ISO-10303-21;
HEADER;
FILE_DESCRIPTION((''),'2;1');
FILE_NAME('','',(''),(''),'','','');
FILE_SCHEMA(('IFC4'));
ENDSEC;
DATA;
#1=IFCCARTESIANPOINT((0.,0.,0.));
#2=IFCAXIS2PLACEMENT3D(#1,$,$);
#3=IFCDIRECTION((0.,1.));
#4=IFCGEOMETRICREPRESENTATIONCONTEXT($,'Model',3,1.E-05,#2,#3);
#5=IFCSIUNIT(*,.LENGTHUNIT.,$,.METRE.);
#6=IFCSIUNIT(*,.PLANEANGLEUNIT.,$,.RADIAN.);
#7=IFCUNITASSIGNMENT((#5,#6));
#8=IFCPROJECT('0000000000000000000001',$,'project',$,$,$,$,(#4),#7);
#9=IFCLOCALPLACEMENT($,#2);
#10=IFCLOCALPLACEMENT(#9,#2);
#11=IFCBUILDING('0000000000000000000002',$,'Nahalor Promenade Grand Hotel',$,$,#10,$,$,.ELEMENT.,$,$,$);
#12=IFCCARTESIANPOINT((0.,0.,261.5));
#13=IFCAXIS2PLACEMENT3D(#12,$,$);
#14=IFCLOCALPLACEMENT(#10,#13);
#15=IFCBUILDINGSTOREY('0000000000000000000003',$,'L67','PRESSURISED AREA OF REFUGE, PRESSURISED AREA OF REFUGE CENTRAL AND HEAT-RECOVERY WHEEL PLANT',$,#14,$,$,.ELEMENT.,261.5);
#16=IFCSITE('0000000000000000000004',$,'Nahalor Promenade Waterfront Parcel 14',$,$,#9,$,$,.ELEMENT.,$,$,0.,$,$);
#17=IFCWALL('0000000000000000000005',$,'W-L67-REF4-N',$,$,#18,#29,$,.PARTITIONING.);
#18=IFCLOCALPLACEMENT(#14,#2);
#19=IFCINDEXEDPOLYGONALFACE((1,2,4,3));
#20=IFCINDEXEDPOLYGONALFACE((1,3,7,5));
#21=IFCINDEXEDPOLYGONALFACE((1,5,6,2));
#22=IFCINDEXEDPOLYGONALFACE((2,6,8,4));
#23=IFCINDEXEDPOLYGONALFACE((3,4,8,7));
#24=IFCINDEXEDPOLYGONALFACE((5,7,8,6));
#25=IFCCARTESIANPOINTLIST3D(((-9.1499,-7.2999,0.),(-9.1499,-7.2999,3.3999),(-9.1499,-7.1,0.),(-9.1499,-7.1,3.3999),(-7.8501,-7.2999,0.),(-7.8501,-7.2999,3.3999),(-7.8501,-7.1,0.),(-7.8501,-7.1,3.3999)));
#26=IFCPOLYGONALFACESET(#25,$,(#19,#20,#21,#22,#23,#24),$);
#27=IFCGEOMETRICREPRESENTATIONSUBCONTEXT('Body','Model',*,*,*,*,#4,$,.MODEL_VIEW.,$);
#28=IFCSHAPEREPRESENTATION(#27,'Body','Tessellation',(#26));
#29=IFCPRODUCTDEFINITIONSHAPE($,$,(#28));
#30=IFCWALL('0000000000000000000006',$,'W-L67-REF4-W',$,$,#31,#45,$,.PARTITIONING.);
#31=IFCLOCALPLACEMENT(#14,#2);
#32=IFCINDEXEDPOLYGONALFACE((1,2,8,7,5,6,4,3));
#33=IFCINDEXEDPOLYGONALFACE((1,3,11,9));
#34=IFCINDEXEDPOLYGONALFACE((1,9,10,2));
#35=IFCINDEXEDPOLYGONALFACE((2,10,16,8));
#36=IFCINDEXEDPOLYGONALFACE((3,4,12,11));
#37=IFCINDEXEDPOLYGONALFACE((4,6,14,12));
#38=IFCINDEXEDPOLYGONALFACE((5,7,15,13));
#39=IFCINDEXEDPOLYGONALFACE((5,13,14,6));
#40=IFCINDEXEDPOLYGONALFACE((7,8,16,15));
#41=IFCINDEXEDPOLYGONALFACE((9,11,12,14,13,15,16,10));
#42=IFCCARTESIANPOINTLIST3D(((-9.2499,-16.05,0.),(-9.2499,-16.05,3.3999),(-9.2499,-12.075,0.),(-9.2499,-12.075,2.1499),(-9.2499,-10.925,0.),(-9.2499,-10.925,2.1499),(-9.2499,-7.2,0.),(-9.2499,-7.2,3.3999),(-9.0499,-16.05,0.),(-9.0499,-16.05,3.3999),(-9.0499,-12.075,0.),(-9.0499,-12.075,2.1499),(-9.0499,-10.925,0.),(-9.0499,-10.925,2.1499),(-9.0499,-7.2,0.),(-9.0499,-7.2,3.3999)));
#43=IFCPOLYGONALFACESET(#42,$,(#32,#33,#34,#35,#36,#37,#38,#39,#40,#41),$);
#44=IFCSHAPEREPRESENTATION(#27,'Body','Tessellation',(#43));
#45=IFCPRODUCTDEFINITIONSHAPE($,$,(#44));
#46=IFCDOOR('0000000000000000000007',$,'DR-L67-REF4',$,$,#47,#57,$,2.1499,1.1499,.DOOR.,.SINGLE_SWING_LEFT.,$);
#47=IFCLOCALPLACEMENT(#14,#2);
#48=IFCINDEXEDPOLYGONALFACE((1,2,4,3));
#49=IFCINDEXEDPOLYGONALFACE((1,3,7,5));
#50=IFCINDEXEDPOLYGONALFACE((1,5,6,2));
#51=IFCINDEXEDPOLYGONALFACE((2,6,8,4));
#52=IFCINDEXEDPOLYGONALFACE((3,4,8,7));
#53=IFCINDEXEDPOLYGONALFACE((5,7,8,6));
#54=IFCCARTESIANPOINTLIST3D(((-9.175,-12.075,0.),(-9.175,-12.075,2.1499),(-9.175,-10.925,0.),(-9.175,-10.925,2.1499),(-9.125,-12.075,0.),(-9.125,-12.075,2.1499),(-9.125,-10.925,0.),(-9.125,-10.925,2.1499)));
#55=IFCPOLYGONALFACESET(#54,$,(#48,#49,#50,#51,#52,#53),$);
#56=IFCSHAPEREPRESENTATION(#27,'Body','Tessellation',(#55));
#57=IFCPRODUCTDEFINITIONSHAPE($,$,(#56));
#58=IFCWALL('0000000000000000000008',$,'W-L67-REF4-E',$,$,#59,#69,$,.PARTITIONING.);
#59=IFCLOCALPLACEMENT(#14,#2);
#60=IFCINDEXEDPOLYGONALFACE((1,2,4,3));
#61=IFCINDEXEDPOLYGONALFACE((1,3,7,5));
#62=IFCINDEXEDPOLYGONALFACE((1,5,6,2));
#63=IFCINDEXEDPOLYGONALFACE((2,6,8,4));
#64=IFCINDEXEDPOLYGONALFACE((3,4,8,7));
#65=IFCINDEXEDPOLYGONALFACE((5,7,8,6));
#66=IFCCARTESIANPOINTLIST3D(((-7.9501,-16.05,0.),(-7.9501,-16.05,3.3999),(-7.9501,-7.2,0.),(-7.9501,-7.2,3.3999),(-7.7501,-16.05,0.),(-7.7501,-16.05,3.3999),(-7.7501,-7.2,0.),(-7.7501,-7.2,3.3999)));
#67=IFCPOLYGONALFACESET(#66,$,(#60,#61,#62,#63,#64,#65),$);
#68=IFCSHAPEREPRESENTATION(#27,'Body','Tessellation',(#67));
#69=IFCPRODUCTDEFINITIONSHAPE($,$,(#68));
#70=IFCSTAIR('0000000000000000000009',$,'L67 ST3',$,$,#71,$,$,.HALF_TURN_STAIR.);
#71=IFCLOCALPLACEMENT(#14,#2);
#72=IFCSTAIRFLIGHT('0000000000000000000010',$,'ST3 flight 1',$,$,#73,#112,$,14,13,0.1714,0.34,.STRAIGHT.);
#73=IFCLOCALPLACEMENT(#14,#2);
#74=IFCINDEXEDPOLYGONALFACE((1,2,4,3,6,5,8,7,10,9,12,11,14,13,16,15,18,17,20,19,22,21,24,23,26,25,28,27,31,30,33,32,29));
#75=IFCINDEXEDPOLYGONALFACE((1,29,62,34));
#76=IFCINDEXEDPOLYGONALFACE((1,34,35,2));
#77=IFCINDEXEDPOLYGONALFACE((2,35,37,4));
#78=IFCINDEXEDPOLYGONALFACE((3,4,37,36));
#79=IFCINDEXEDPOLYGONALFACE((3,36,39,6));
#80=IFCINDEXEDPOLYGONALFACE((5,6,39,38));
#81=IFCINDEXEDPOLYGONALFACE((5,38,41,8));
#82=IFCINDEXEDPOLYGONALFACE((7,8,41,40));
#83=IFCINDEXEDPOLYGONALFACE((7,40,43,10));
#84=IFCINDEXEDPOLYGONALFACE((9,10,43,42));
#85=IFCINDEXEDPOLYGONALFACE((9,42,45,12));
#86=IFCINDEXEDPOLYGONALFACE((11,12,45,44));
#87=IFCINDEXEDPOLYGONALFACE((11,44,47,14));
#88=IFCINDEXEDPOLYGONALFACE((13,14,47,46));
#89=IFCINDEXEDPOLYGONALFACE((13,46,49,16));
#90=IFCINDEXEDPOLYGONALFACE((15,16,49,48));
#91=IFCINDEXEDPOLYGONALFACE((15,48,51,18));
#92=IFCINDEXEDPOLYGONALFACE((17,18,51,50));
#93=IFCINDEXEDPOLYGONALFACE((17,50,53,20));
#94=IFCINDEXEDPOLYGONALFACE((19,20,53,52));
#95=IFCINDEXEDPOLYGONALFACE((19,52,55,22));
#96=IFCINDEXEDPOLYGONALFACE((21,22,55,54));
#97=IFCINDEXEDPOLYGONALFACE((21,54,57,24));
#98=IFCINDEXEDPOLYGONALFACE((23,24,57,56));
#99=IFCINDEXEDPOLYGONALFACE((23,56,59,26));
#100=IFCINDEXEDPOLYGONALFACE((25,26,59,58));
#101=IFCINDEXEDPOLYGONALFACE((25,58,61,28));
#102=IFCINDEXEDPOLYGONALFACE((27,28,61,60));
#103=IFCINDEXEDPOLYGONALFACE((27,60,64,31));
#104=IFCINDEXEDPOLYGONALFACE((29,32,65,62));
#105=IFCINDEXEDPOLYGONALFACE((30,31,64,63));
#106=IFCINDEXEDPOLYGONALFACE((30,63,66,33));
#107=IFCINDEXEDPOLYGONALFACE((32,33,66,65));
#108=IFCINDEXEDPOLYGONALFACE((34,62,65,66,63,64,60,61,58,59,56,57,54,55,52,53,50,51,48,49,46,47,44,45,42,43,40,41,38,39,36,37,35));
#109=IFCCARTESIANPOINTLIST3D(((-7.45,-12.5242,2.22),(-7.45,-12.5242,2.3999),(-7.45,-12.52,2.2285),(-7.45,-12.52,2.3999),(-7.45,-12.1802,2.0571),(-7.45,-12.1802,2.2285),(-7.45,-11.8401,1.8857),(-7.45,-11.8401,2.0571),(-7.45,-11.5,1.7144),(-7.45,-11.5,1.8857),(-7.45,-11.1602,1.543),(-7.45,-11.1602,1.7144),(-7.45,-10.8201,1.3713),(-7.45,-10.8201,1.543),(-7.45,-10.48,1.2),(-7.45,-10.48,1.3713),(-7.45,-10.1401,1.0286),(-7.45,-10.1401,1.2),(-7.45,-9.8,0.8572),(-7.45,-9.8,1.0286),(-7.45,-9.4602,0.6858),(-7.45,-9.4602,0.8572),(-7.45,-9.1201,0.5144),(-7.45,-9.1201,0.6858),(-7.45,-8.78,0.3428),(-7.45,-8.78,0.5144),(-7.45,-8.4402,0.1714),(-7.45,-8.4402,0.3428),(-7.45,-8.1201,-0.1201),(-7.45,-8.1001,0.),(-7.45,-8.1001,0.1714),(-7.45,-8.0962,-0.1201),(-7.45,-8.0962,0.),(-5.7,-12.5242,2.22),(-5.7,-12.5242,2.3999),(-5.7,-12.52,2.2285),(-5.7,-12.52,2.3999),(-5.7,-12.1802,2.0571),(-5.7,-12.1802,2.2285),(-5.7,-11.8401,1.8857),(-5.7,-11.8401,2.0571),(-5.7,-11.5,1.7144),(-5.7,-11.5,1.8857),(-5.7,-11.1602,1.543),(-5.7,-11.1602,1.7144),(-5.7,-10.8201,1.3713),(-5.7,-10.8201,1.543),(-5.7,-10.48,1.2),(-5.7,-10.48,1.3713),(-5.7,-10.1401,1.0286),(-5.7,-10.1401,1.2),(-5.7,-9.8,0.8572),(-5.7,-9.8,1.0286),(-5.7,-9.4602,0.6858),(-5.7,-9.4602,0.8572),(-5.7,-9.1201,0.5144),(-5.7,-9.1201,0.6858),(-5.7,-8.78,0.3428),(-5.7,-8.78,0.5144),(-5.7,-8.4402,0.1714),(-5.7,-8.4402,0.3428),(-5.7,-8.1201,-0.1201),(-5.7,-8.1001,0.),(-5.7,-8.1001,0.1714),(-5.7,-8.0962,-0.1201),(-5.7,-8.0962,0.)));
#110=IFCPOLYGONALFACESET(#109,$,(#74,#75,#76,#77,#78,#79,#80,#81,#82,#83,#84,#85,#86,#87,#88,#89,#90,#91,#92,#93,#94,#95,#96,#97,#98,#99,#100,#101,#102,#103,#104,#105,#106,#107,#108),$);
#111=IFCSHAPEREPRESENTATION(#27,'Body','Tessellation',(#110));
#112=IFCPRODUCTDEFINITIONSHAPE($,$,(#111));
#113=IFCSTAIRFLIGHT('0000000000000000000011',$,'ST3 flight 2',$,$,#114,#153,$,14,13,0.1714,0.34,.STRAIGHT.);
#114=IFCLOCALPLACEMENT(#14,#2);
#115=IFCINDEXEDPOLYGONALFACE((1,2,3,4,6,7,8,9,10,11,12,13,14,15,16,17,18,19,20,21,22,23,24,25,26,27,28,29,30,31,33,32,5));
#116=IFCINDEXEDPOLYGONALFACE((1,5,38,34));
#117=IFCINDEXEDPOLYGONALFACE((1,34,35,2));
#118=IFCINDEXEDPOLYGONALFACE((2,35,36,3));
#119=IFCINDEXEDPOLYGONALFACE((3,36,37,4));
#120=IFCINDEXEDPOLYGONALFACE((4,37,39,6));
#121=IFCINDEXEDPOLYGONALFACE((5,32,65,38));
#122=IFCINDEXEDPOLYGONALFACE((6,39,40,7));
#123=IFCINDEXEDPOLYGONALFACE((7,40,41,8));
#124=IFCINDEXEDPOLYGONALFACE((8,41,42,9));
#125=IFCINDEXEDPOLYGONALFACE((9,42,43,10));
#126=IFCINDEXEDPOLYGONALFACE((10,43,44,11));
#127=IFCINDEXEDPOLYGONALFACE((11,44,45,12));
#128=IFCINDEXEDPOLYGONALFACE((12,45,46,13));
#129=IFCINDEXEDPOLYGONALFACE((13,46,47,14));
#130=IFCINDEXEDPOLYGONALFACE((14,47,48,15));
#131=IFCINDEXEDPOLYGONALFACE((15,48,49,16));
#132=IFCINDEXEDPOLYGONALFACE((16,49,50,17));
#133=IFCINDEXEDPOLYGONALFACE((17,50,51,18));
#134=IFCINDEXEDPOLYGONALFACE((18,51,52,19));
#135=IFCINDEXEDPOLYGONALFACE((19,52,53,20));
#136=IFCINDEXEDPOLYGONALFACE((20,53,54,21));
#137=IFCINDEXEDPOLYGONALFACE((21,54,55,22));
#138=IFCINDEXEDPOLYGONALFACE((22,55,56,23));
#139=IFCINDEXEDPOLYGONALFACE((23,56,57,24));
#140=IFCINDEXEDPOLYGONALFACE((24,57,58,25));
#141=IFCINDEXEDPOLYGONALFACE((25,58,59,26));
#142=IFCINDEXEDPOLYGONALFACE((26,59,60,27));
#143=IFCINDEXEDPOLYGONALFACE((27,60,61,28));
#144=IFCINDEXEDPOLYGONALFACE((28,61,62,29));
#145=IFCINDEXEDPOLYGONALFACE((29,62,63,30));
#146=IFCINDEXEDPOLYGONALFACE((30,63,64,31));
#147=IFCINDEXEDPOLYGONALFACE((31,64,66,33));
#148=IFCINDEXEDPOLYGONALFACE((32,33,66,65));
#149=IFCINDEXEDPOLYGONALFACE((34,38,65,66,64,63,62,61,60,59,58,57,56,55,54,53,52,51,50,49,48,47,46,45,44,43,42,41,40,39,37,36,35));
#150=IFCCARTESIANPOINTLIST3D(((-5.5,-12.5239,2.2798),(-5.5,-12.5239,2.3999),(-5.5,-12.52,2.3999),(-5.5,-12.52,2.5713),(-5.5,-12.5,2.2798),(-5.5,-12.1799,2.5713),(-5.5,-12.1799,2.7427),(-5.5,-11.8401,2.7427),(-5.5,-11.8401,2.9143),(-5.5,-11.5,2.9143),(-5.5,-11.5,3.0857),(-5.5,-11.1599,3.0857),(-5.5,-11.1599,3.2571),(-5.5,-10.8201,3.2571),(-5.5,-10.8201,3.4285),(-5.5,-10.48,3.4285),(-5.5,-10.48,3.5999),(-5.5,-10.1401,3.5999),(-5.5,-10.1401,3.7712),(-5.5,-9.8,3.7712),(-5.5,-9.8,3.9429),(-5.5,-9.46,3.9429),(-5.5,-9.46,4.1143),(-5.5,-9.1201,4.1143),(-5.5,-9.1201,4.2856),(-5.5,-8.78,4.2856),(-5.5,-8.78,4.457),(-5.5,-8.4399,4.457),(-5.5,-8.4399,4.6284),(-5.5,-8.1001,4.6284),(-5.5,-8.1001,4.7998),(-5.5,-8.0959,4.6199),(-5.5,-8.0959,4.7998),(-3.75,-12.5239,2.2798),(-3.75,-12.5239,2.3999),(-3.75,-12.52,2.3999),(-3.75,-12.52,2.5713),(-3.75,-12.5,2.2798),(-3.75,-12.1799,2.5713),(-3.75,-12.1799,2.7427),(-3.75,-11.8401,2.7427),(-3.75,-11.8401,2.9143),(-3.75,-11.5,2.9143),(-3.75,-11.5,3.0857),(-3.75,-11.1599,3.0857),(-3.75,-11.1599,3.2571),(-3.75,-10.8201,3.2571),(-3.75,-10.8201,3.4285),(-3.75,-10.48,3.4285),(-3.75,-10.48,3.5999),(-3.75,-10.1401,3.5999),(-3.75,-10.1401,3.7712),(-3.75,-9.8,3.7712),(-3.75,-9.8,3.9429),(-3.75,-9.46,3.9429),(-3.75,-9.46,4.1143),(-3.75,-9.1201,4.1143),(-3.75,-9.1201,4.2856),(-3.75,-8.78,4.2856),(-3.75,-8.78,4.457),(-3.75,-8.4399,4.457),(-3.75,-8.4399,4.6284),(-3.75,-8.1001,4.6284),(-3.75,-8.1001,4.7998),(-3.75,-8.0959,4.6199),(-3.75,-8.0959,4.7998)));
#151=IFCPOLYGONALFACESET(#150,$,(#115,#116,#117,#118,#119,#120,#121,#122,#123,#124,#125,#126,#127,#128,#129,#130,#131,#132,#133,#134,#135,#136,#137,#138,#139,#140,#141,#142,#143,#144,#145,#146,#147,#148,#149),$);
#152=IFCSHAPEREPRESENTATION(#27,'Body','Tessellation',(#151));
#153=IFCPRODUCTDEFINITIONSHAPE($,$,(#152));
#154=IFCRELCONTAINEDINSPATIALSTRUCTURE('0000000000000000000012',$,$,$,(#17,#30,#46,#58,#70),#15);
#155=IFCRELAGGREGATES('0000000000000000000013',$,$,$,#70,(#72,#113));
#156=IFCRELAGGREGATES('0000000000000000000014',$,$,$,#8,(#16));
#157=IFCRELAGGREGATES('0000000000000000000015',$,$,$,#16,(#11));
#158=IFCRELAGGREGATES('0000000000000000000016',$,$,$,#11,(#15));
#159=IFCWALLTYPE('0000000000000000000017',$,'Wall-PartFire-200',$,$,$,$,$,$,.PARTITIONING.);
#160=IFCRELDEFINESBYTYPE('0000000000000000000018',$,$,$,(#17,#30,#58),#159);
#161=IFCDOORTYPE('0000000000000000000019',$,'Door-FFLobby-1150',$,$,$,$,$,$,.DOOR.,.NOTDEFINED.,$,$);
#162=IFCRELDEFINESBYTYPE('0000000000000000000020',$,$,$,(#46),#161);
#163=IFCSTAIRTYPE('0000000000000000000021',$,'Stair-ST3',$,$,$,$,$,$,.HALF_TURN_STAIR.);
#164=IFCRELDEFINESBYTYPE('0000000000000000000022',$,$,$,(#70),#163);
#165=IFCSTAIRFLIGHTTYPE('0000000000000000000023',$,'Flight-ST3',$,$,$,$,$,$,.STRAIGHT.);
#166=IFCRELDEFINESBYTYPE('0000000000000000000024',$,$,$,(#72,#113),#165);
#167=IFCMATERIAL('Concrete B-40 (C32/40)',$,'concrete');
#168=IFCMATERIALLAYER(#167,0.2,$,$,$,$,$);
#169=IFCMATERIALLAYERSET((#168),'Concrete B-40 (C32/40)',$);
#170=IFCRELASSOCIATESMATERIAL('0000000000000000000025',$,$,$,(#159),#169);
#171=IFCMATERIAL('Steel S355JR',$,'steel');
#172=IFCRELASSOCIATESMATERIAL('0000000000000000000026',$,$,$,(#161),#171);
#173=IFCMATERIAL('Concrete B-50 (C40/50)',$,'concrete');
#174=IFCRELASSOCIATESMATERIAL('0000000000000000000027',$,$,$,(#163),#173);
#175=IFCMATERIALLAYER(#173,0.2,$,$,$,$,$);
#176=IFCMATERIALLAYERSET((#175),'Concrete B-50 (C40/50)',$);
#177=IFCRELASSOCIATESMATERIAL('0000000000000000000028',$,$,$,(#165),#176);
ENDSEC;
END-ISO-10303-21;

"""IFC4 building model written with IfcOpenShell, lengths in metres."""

from ifc_helpers import new_model, si_unit, direction, frame, frame_2d, origin, place, context, subcontext, project, spatial, polyline, rectangle, outline, extrude, source, transform, mapped, material, layer, layer_set, type_object, element, fill, aggregate, save


model = new_model("IFC4")

# Units and contexts
model_context = context("Model", 3, precision=1e-05, world=origin(), true_north=direction((0.0, 1.0)))
body_context = subcontext(model_context, "Body", "Model", "MODEL_VIEW")
ifc_project = project(units=[si_unit("LENGTHUNIT", "METRE"), si_unit("PLANEANGLEUNIT", "RADIAN")], contexts=[model_context])

# Site, building, storey
site_placement = place(None, origin())
site = spatial("IfcSite", under=ifc_project, at=site_placement, Name="Nahalor Promenade Waterfront Parcel 14", CompositionType="ELEMENT", RefElevation=0.0)
building_placement = place(site_placement, origin())
building = spatial("IfcBuilding", under=site, at=building_placement, Name="Nahalor Promenade Grand Hotel", CompositionType="ELEMENT")
storey_placement = place(building_placement, frame((0.0, 0.0, 261.5)))
storey = spatial("IfcBuildingStorey", under=building, at=storey_placement, Name="L67", Description="PRESSURISED AREA OF REFUGE, PRESSURISED AREA OF REFUGE CENTRAL AND HEAT-RECOVERY WHEEL PLANT", CompositionType="ELEMENT", Elevation=261.5)

# Shared definitions
ifc_material_1 = material(Name="Steel S355JR", Category="steel")

# Shared definitions
ifc_material_2 = material(Name="Concrete B-50 (C40/50)", Category="concrete")

# Wall
ifc_material_3 = material(Name="Concrete B-40 (C32/40)", Category="concrete")
ifc_layer_1 = layer(ifc_material_3, 0.2)
ifc_layer_set_1 = layer_set([ifc_layer_1], Name="Concrete B-40 (C32/40)")
wall_type_1 = type_object("IfcWallType", Name="Wall-PartFire-200", PredefinedType="PARTITIONING", material=ifc_layer_set_1)
shared_shape_1 = source(origin(), body_context, "Body", "SweptSolid", [
    extrude(rectangle(XDim=1.2998, YDim=0.2, at=frame_2d((0.6499, 0.0))), origin(), (0.0, 0.0, 1.0), 3.3999),
])
for number, where, z_axis, x_axis, name in (
    (1, (-9.1499, -7.2, 0.0), (0.0, 0.0, 1.0), (1.0, 0.0, 0.0), "W-L67-REF4-N"),
):
    element("IfcWall", number, at=place(storey_placement, frame(where, z_axis=z_axis, x_axis=x_axis)), inside=storey, type_object=wall_type_1, Name=name, PredefinedType="PARTITIONING", context=body_context, shape_type="MappedRepresentation", body=[
        mapped(shared_shape_1, transform((0.0, 0.0, 0.0), scale=1.0)),
    ])

# Wall, opening, door
shared_shape_2 = source(origin(), body_context, "Body", "SweptSolid", [
    extrude(rectangle(XDim=8.8501, YDim=0.2, at=frame_2d((4.425, 0.0))), origin(), (0.0, 0.0, 1.0), 3.3999),
])
wall_1_placement = place(storey_placement, frame((-9.1499, -16.05, 0.0), z_axis=(0.0, 0.0, 1.0), x_axis=(0.0, 1.0, 0.0)))
wall_1 = element("IfcWall", 2, at=wall_1_placement, inside=storey, type_object=wall_type_1, Name="W-L67-REF4-W", PredefinedType="PARTITIONING", context=body_context, shape_type="MappedRepresentation", body=[
    mapped(shared_shape_2, transform((0.0, 0.0, 0.0), scale=1.0)),
])
opening_1_placement = place(wall_1_placement, frame((3.9751, 0.0, 0.0)))
opening_1 = element("IfcOpeningElement", 3, at=opening_1_placement, cuts=wall_1, PredefinedType="OPENING", context=body_context, shape_type="SweptSolid", body=[
    extrude(rectangle(XDim=1.1499, YDim=2.1499, at=frame_2d((0.575, 1.075))), frame((0.0, 0.1099, 0.0), z_axis=(0.0, -1.0, 0.0), x_axis=(1.0, 0.0, 0.0)), (0.0, 0.0, 1.0), 0.22),
])
door_type_1 = type_object("IfcDoorType", Name="Door-FFLobby-1150", OperationType="NOTDEFINED", PredefinedType="DOOR", material=ifc_material_1)
shared_shape_3 = source(origin(), body_context, "Body", "SweptSolid", [
    extrude(rectangle(XDim=1.1499, YDim=2.1499, at=frame_2d((0.575, 1.075))), frame((0.0, 0.0249, 0.0), z_axis=(0.0, -1.0, 0.0), x_axis=(1.0, 0.0, 0.0)), (0.0, 0.0, 1.0), 0.05),
])
door_1_placement = place(opening_1_placement, frame((1.1499, 0.0, 0.0), z_axis=(0.0, 0.0, 1.0), x_axis=(-1.0, 0.0, 0.0)))
door_1 = element("IfcDoor", 4, at=door_1_placement, inside=storey, type_object=door_type_1, Name="DR-L67-REF4", OperationType="SINGLE_SWING_LEFT", OverallHeight=2.1499, OverallWidth=1.1499, PredefinedType="DOOR", context=body_context, shape_type="MappedRepresentation", body=[
    mapped(shared_shape_3, transform((0.0, 0.0, 0.0), scale=1.0)),
])
fill(opening_1, door_1)

# Wall
wall_2_placement = place(storey_placement, frame((-7.8501, -16.05, 0.0), z_axis=(0.0, 0.0, 1.0), x_axis=(0.0, 1.0, 0.0)))
element("IfcWall", 5, at=wall_2_placement, inside=storey, type_object=wall_type_1, Name="W-L67-REF4-E", PredefinedType="PARTITIONING", context=body_context, shape_type="MappedRepresentation", body=[
    mapped(shared_shape_2, transform((0.0, 0.0, 0.0), scale=1.0)),
])

# Stair, stair flights
stair_type = type_object("IfcStairType", Name="Stair-ST3", PredefinedType="HALF_TURN_STAIR", material=ifc_material_2)
stair_placement = place(storey_placement, origin())
stair = element("IfcStair", 6, at=stair_placement, inside=storey, type_object=stair_type, Name="L67 ST3", PredefinedType="HALF_TURN_STAIR")
ifc_layer_2 = layer(ifc_material_2, 0.2)
ifc_layer_set_2 = layer_set([ifc_layer_2], Name="Concrete B-50 (C40/50)")
stair_flight_type = type_object("IfcStairFlightType", Name="Flight-ST3", PredefinedType="STRAIGHT", material=ifc_layer_set_2)
shared_shape_4 = source(origin(), body_context, "Body", "SweptSolid", [
    extrude(outline(polyline([(-0.0039, -0.1201), (-0.0039, 0.0), (0.0, 0.0), (0.0, 0.1714), (0.3401, 0.1714), (0.3401, 0.3428), (0.6799, 0.3428), (0.6799, 0.5144), (1.02, 0.5144), (1.02, 0.6858), (1.3601, 0.6858), (1.3601, 0.8572), (1.7, 0.8572), (1.7, 1.0286), (2.04, 1.0286), (2.04, 1.2), (2.3799, 1.2), (2.3799, 1.3713), (2.72, 1.3713), (2.72, 1.543), (3.0601, 1.543), (3.0601, 1.7144), (3.3999, 1.7144), (3.3999, 1.8857), (3.74, 1.8857), (3.74, 2.0571), (4.0801, 2.0571), (4.0801, 2.2285), (4.4199, 2.2285), (4.4199, 2.3999), (4.4241, 2.3999), (4.4241, 2.22), (0.02, -0.1201), (-0.0039, -0.1201)])), frame((0.0, 0.875, 0.0), z_axis=(0.0, -1.0, 0.0), x_axis=(1.0, 0.0, 0.0)), (0.0, 0.0, 1.0), 1.75),
])
stair_flight_1_placement = place(storey_placement, frame((-6.575, -8.1001, 0.0), z_axis=(0.0, 0.0, 1.0), x_axis=(0.0, -1.0, 0.0)))
stair_flight_1 = element("IfcStairFlight", 7, at=stair_flight_1_placement, type_object=stair_flight_type, Name="ST3 flight 1", NumberOfRisers=14, NumberOfTreads=13, PredefinedType="STRAIGHT", RiserHeight=0.1714, TreadLength=0.34, context=body_context, shape_type="MappedRepresentation", body=[
    mapped(shared_shape_4, transform((0.0, 0.0, 0.0), scale=1.0)),
])
stair_flight_2_placement = place(storey_placement, frame((-4.625, -12.52, 2.3999), z_axis=(0.0, 0.0, 1.0), x_axis=(0.0, 1.0, 0.0)))
stair_flight_2 = element("IfcStairFlight", 8, at=stair_flight_2_placement, type_object=stair_flight_type, Name="ST3 flight 2", NumberOfRisers=14, NumberOfTreads=13, PredefinedType="STRAIGHT", RiserHeight=0.1714, TreadLength=0.34, context=body_context, shape_type="MappedRepresentation", body=[
    mapped(shared_shape_4, transform((0.0, 0.0, 0.0), scale=1.0)),
])
aggregate(stair, [stair_flight_1, stair_flight_2])

save(model, "model.ifc")
